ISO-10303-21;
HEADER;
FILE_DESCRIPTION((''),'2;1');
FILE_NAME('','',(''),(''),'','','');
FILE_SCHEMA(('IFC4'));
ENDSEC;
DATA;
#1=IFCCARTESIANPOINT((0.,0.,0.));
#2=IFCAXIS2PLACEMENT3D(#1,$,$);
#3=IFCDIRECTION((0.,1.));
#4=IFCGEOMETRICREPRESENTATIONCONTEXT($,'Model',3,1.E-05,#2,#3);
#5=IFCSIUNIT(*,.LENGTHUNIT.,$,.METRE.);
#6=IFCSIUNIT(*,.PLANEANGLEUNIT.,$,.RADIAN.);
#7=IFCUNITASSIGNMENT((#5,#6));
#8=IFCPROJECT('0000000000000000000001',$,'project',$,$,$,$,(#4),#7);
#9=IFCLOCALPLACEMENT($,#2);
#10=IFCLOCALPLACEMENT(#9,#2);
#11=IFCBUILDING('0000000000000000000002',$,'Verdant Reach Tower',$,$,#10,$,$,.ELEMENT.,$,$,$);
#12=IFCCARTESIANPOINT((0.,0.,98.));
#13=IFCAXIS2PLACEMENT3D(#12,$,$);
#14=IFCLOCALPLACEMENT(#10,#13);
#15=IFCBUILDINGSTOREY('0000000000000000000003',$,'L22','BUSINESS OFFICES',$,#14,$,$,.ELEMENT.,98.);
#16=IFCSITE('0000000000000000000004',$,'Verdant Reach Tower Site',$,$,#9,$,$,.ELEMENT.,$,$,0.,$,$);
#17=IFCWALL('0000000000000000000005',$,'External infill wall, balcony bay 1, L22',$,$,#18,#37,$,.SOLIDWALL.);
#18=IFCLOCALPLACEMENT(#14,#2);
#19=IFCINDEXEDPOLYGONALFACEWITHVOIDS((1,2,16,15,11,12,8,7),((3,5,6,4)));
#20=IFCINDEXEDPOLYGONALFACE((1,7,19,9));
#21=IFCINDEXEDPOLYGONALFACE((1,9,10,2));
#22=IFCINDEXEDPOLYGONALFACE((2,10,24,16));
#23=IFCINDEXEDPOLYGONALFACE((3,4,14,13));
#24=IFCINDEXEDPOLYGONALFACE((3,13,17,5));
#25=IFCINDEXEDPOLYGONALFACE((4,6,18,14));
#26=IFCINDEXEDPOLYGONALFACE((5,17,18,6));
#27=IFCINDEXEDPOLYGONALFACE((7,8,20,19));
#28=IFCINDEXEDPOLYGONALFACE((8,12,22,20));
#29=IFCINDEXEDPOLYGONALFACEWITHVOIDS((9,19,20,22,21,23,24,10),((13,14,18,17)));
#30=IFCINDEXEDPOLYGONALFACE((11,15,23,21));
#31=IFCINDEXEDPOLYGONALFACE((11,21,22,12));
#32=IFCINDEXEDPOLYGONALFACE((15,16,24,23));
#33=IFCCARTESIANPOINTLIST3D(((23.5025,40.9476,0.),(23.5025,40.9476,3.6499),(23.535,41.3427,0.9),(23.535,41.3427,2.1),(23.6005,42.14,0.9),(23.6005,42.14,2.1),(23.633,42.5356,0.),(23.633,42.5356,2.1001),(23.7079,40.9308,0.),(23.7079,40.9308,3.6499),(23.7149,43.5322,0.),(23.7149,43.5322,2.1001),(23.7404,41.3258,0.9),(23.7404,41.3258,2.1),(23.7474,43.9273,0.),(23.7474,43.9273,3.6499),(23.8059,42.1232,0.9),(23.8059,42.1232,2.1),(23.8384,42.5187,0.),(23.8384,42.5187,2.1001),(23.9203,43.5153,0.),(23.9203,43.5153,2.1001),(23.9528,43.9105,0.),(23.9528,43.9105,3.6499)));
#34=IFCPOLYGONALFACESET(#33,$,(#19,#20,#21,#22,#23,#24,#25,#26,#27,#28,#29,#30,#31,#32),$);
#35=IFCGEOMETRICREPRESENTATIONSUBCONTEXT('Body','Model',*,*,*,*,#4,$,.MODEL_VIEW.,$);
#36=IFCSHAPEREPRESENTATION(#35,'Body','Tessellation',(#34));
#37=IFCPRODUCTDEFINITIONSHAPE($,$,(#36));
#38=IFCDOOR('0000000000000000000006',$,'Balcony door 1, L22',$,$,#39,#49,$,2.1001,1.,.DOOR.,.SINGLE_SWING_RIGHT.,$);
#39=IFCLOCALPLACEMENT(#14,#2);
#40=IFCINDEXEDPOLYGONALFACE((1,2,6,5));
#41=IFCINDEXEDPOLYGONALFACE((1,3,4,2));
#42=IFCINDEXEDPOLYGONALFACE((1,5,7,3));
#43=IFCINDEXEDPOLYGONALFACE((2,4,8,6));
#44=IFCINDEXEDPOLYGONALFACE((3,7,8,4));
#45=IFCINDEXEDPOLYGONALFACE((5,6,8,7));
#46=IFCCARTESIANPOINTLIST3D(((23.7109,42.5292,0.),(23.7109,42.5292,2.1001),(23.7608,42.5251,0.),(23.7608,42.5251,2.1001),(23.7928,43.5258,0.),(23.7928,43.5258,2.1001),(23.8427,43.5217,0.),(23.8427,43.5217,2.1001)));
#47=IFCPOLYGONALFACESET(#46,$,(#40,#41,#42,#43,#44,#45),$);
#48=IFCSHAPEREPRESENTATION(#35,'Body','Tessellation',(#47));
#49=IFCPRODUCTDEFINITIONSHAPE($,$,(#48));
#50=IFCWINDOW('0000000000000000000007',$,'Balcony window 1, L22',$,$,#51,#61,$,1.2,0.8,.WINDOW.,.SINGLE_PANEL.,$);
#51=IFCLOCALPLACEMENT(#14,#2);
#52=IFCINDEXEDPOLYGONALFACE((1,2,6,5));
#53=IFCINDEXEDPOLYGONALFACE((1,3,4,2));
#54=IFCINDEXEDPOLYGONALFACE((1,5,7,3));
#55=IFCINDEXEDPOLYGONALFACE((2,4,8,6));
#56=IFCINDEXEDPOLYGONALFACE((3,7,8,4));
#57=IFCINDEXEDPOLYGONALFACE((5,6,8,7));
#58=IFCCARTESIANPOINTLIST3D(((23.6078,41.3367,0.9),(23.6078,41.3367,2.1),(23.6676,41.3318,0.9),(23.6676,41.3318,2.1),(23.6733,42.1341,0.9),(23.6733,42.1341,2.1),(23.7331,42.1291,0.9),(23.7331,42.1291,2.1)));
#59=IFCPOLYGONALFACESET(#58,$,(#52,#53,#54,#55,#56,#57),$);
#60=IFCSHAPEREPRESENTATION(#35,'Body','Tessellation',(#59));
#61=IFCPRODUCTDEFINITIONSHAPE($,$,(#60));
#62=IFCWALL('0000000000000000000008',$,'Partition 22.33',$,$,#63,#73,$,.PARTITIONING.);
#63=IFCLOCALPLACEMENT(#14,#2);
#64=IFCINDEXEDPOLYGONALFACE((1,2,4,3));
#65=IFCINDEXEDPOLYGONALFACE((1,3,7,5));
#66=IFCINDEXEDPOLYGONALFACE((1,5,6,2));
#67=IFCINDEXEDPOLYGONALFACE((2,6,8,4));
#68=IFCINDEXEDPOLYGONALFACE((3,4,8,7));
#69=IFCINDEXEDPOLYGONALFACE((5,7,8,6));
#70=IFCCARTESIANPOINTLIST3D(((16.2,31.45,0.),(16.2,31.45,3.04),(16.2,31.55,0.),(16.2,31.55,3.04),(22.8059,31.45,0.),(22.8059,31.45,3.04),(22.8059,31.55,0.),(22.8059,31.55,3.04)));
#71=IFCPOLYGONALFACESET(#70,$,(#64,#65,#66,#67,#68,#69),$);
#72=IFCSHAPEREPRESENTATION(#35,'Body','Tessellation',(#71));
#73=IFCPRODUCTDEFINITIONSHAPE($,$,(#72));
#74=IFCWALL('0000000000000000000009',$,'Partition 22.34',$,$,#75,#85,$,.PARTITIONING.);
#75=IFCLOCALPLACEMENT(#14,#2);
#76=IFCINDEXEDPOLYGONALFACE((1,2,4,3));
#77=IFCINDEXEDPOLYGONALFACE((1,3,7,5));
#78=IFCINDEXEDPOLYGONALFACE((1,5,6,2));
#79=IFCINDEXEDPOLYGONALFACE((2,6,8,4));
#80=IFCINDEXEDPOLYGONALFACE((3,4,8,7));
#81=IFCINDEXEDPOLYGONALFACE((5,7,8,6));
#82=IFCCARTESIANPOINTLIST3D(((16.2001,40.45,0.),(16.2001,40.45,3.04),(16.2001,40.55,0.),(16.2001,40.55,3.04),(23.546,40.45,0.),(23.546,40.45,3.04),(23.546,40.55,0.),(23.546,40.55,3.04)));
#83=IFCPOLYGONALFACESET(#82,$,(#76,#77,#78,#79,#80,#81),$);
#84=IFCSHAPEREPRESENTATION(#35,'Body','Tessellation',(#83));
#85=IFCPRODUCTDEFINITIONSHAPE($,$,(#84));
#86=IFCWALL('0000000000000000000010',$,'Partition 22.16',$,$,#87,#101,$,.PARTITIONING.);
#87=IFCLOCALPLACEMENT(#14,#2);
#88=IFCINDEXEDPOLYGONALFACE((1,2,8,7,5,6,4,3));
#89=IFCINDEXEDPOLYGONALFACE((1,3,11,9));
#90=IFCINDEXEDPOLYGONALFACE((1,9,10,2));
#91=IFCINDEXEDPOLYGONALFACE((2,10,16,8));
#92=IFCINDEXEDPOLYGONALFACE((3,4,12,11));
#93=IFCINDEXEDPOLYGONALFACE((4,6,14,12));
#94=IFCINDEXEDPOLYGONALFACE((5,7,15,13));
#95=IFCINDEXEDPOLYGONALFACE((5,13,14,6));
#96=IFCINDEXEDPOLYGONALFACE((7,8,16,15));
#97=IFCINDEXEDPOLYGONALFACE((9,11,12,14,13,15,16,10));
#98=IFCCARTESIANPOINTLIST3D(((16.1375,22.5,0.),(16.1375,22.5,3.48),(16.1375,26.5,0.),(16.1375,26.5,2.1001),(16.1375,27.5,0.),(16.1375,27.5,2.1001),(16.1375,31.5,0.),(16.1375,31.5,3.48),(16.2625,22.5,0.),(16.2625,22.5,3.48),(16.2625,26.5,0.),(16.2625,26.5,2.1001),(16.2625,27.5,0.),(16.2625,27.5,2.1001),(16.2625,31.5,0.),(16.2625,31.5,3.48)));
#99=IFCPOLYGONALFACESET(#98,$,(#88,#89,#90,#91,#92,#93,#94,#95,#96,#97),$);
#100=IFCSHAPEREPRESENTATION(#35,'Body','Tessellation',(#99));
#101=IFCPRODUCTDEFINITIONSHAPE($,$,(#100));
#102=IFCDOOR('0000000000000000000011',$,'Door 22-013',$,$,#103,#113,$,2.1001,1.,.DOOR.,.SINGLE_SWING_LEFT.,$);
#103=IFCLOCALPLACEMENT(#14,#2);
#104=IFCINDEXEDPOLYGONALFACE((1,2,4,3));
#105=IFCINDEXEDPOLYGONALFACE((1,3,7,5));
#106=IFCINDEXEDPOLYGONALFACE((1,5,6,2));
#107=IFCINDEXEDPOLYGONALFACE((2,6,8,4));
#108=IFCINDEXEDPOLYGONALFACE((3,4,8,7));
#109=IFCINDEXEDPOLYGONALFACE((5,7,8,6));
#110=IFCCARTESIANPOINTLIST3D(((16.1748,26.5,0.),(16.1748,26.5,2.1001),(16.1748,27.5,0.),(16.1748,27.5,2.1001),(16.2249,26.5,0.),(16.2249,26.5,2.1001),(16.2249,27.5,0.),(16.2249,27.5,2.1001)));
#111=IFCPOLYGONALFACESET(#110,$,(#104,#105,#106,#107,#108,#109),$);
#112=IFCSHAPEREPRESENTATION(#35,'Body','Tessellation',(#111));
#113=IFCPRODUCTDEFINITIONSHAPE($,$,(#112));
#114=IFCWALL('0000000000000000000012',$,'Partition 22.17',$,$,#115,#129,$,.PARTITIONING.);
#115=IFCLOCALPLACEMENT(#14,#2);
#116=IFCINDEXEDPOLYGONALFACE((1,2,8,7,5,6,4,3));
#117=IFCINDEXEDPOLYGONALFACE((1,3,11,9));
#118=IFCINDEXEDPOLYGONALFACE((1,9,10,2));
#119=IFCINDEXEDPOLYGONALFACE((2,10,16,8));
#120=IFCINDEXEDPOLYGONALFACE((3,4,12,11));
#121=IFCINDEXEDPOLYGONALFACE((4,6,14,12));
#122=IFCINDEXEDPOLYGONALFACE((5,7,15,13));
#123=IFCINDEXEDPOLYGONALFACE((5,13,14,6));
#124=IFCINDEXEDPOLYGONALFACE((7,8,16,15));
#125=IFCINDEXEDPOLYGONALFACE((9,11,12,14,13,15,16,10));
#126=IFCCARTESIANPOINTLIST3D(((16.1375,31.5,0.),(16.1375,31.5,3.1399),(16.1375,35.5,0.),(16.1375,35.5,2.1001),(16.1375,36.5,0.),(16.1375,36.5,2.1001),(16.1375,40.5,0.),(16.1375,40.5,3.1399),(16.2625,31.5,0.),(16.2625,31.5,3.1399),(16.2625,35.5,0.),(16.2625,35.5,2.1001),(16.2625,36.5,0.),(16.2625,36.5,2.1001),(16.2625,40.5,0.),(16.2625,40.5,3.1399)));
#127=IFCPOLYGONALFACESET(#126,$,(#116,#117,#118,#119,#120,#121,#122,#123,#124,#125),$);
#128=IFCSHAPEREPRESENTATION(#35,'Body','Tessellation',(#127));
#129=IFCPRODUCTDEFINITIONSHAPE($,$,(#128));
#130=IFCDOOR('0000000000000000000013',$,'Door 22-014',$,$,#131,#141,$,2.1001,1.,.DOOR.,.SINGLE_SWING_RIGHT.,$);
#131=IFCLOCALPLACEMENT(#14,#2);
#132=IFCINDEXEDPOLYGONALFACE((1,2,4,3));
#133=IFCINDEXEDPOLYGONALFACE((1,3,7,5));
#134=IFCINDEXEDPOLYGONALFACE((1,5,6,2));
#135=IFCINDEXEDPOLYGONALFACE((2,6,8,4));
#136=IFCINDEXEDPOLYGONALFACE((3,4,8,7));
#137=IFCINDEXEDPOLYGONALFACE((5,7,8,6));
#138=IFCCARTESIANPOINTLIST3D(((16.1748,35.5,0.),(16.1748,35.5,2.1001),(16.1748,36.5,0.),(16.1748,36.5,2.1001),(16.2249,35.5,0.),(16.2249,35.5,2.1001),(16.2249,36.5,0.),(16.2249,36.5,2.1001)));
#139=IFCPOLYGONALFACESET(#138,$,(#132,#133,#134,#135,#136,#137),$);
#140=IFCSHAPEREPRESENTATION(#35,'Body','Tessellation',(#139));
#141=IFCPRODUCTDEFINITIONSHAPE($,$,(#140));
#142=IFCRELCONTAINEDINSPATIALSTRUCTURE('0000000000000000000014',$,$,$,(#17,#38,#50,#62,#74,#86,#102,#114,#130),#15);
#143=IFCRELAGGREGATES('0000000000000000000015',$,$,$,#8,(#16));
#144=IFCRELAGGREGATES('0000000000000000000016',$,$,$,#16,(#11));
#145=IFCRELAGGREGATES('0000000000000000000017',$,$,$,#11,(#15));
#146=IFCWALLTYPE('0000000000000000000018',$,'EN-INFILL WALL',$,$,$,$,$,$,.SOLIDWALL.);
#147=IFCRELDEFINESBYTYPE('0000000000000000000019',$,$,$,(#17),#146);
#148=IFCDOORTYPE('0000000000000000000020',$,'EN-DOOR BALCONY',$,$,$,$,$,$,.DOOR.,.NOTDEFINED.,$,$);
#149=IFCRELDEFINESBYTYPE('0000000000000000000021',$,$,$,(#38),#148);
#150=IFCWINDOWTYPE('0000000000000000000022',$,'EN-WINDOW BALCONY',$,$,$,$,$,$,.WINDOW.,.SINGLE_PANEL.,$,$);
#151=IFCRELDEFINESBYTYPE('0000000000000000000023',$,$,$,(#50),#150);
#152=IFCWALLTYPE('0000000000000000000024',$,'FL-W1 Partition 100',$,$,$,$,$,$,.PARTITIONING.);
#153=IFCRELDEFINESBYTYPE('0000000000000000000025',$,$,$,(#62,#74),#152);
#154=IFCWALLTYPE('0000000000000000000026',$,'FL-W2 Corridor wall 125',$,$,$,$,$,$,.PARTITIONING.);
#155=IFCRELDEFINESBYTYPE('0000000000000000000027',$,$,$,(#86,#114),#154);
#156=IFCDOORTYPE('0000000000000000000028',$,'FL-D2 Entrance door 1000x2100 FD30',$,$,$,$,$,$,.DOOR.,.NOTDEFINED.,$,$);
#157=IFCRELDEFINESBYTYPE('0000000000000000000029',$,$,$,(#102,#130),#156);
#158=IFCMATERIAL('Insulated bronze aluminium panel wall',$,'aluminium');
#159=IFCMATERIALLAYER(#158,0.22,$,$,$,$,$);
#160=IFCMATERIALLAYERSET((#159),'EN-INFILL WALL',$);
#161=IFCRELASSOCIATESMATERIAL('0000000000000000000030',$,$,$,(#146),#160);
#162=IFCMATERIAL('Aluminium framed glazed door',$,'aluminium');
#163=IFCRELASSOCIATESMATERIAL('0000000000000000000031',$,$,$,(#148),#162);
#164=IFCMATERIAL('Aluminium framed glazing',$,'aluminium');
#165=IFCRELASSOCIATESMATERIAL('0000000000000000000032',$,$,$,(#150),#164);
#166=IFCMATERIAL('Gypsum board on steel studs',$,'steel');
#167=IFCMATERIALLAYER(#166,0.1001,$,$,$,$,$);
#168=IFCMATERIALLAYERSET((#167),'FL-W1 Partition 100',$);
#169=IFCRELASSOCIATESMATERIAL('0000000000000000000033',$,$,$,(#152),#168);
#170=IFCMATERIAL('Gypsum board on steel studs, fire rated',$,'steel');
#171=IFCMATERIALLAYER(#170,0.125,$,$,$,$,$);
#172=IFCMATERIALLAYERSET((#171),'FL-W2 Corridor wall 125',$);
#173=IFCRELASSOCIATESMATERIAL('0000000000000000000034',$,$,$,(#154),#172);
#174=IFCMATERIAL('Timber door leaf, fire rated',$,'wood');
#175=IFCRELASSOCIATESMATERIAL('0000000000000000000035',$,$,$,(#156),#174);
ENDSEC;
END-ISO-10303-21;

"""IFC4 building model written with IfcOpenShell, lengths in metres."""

from ifc_helpers import new_model, si_unit, direction, frame, frame_2d, origin, place, context, subcontext, project, spatial, rectangle, extrude, material, layer, layer_set, type_object, element, fill, save


model = new_model("IFC4")

# Units and contexts
model_context = context("Model", 3, precision=1e-05, world=origin(), true_north=direction((0.0, 1.0)))
body_context = subcontext(model_context, "Body", "Model", "MODEL_VIEW")
ifc_project = project(units=[si_unit("LENGTHUNIT", "METRE"), si_unit("PLANEANGLEUNIT", "RADIAN")], contexts=[model_context])

# Site, building, storey
site_placement = place(None, origin())
site = spatial("IfcSite", under=ifc_project, at=site_placement, Name="Verdant Reach Tower Site", CompositionType="ELEMENT", RefElevation=0.0)
building_placement = place(site_placement, origin())
building = spatial("IfcBuilding", under=site, at=building_placement, Name="Verdant Reach Tower", CompositionType="ELEMENT")
storey_placement = place(building_placement, frame((0.0, 0.0, 98.0)))
storey = spatial("IfcBuildingStorey", under=building, at=storey_placement, Name="L22", Description="BUSINESS OFFICES", CompositionType="ELEMENT", Elevation=98.0)

# Wall, openings, door, window
ifc_material_1 = material(Name="Insulated bronze aluminium panel wall", Category="aluminium")
ifc_layer_1 = layer(ifc_material_1, 0.22)
ifc_layer_set_1 = layer_set([ifc_layer_1], Name="EN-INFILL WALL")
wall_type_1 = type_object("IfcWallType", Name="EN-INFILL WALL", PredefinedType="SOLIDWALL", material=ifc_layer_set_1)
wall_1_placement = place(storey_placement, frame((23.6052, 40.9392, 0.0), z_axis=(0.0, 0.0, 1.0), x_axis=(0.081903, 0.99664, 0.0)))
wall_1 = element("IfcWall", 1, at=wall_1_placement, inside=storey, type_object=wall_type_1, Name="External infill wall, balcony bay 1, L22", PredefinedType="SOLIDWALL", context=body_context, shape_type="SweptSolid", body=[
    extrude(rectangle(XDim=2.9897, YDim=0.2061, at=frame_2d((1.4949, 0.0))), origin(), (0.0, 0.0, 1.0), 3.6499),
])
opening_1_placement = place(wall_1_placement, frame((1.5933, 0.0, 0.0)))
opening_1 = element("IfcOpeningElement", 2, at=opening_1_placement, cuts=wall_1, PredefinedType="OPENING", context=body_context, shape_type="SweptSolid", body=[
    extrude(rectangle(XDim=1.0, YDim=2.1001, at=frame_2d((0.5, 1.05))), frame((0.0, 0.113, 0.0), z_axis=(0.0, -1.0, 0.0), x_axis=(1.0, 0.0, 0.0)), (0.0, 0.0, 1.0), 0.2261),
])
opening_2_placement = place(wall_1_placement, frame((0.3965, 0.0, 0.8999)))
opening_2 = element("IfcOpeningElement", 3, at=opening_2_placement, cuts=wall_1, PredefinedType="OPENING", context=body_context, shape_type="SweptSolid", body=[
    extrude(rectangle(XDim=0.8, YDim=1.2, at=frame_2d((0.3999, 0.6001))), frame((0.0, 0.113, 0.0), z_axis=(0.0, -1.0, 0.0), x_axis=(1.0, 0.0, 0.0)), (0.0, 0.0, 1.0), 0.2261),
])
ifc_material_2 = material(Name="Aluminium framed glazed door", Category="aluminium")
door_type_1 = type_object("IfcDoorType", Name="EN-DOOR BALCONY", OperationType="NOTDEFINED", PredefinedType="DOOR", material=ifc_material_2)
door_1_placement = place(opening_1_placement, origin())
door_1 = element("IfcDoor", 4, at=door_1_placement, inside=storey, type_object=door_type_1, Name="Balcony door 1, L22", OperationType="SINGLE_SWING_RIGHT", OverallHeight=2.1001, OverallWidth=1.0, PredefinedType="DOOR", context=body_context, shape_type="SweptSolid", body=[
    extrude(rectangle(XDim=1.0, YDim=2.1001, at=frame_2d((0.5, 1.05))), frame((0.0, 0.0249, 0.0), z_axis=(0.0, -1.0, 0.0), x_axis=(1.0, 0.0, 0.0)), (0.0, 0.0, 1.0), 0.05),
])
fill(opening_1, door_1)
ifc_material_3 = material(Name="Aluminium framed glazing", Category="aluminium")
window_type = type_object("IfcWindowType", Name="EN-WINDOW BALCONY", PartitioningType="SINGLE_PANEL", PredefinedType="WINDOW", material=ifc_material_3)
window_placement = place(opening_2_placement, origin())
window = element("IfcWindow", 5, at=window_placement, inside=storey, type_object=window_type, Name="Balcony window 1, L22", OverallHeight=1.2, OverallWidth=0.8, PartitioningType="SINGLE_PANEL", PredefinedType="WINDOW", context=body_context, shape_type="SweptSolid", body=[
    extrude(rectangle(XDim=0.8, YDim=1.2, at=frame_2d((0.3999, 0.6001))), frame((0.0, 0.03, 0.0), z_axis=(0.0, -1.0, 0.0), x_axis=(1.0, 0.0, 0.0)), (0.0, 0.0, 1.0), 0.0601),
])
fill(opening_2, window)

# Walls
ifc_material_4 = material(Name="Gypsum board on steel studs", Category="steel")
ifc_layer_2 = layer(ifc_material_4, 0.1001)
ifc_layer_set_2 = layer_set([ifc_layer_2], Name="FL-W1 Partition 100")
wall_type_2 = type_object("IfcWallType", Name="FL-W1 Partition 100", PredefinedType="PARTITIONING", material=ifc_layer_set_2)
wall_2_placement = place(storey_placement, frame((22.8059, 31.5, 0.0), z_axis=(0.0, 0.0, 1.0), x_axis=(-1.0, 0.0, 0.0)))
element("IfcWall", 6, at=wall_2_placement, inside=storey, type_object=wall_type_2, Name="Partition 22.33", PredefinedType="PARTITIONING", context=body_context, shape_type="SweptSolid", body=[
    extrude(rectangle(XDim=6.606, YDim=0.1001, at=frame_2d((3.303, 0.0))), origin(), (0.0, 0.0, 1.0), 3.04),
])
wall_3_placement = place(storey_placement, frame((23.5459, 40.5, 0.0), z_axis=(0.0, 0.0, 1.0), x_axis=(-1.0, 0.0, 0.0)))
element("IfcWall", 7, at=wall_3_placement, inside=storey, type_object=wall_type_2, Name="Partition 22.34", PredefinedType="PARTITIONING", context=body_context, shape_type="SweptSolid", body=[
    extrude(rectangle(XDim=7.3459, YDim=0.1001, at=frame_2d((3.6729, 0.0))), origin(), (0.0, 0.0, 1.0), 3.04),
])

# Walls, openings, doors
ifc_material_5 = material(Name="Gypsum board on steel studs, fire rated", Category="steel")
ifc_layer_3 = layer(ifc_material_5, 0.125)
ifc_layer_set_3 = layer_set([ifc_layer_3], Name="FL-W2 Corridor wall 125")
wall_type_3 = type_object("IfcWallType", Name="FL-W2 Corridor wall 125", PredefinedType="PARTITIONING", material=ifc_layer_set_3)
wall_4_placement = place(storey_placement, frame((16.2, 31.5, 0.0), z_axis=(0.0, 0.0, 1.0), x_axis=(0.0, -1.0, 0.0)))
wall_4 = element("IfcWall", 8, at=wall_4_placement, inside=storey, type_object=wall_type_3, Name="Partition 22.16", PredefinedType="PARTITIONING", context=body_context, shape_type="SweptSolid", body=[
    extrude(rectangle(XDim=9.0, YDim=0.125, at=frame_2d((4.5, 0.0))), origin(), (0.0, 0.0, 1.0), 3.48),
])
opening_3_placement = place(wall_4_placement, frame((4.0, 0.0, 0.0)))
opening_3 = element("IfcOpeningElement", 9, at=opening_3_placement, cuts=wall_4, PredefinedType="OPENING", context=body_context, shape_type="SweptSolid", body=[
    extrude(rectangle(XDim=1.0, YDim=2.1001, at=frame_2d((0.5, 1.05))), frame((0.0, 0.0725, 0.0), z_axis=(0.0, -1.0, 0.0), x_axis=(1.0, 0.0, 0.0)), (0.0, 0.0, 1.0), 0.145),
])
ifc_material_6 = material(Name="Timber door leaf, fire rated", Category="wood")
door_type_2 = type_object("IfcDoorType", Name="FL-D2 Entrance door 1000x2100 FD30", OperationType="NOTDEFINED", PredefinedType="DOOR", material=ifc_material_6)
door_2_placement = place(opening_3_placement, origin())
door_2 = element("IfcDoor", 10, at=door_2_placement, inside=storey, type_object=door_type_2, Name="Door 22-013", OperationType="SINGLE_SWING_LEFT", OverallHeight=2.1001, OverallWidth=1.0, PredefinedType="DOOR", context=body_context, shape_type="SweptSolid", body=[
    extrude(rectangle(XDim=1.0, YDim=2.1001, at=frame_2d((0.5, 1.05))), frame((0.0, 0.0249, 0.0), z_axis=(0.0, -1.0, 0.0), x_axis=(1.0, 0.0, 0.0)), (0.0, 0.0, 1.0), 0.05),
])
fill(opening_3, door_2)
wall_5_placement = place(storey_placement, frame((16.2, 40.5, 0.0), z_axis=(0.0, 0.0, 1.0), x_axis=(0.0, -1.0, 0.0)))
wall_5 = element("IfcWall", 11, at=wall_5_placement, inside=storey, type_object=wall_type_3, Name="Partition 22.17", PredefinedType="PARTITIONING", context=body_context, shape_type="SweptSolid", body=[
    extrude(rectangle(XDim=9.0, YDim=0.125, at=frame_2d((4.5, 0.0))), origin(), (0.0, 0.0, 1.0), 3.1399),
])
opening_4_placement = place(wall_5_placement, frame((4.0, 0.0, 0.0)))
opening_4 = element("IfcOpeningElement", 12, at=opening_4_placement, cuts=wall_5, PredefinedType="OPENING", context=body_context, shape_type="SweptSolid", body=[
    extrude(rectangle(XDim=1.0, YDim=2.1001, at=frame_2d((0.5, 1.05))), frame((0.0, 0.0725, 0.0), z_axis=(0.0, -1.0, 0.0), x_axis=(1.0, 0.0, 0.0)), (0.0, 0.0, 1.0), 0.145),
])
door_3_placement = place(opening_4_placement, origin())
door_3 = element("IfcDoor", 13, at=door_3_placement, inside=storey, type_object=door_type_2, Name="Door 22-014", OperationType="SINGLE_SWING_RIGHT", OverallHeight=2.1001, OverallWidth=1.0, PredefinedType="DOOR", context=body_context, shape_type="SweptSolid", body=[
    extrude(rectangle(XDim=1.0, YDim=2.1001, at=frame_2d((0.5, 1.05))), frame((0.0, 0.0249, 0.0), z_axis=(0.0, -1.0, 0.0), x_axis=(1.0, 0.0, 0.0)), (0.0, 0.0, 1.0), 0.05),
])
fill(opening_4, door_3)

save(model, "model.ifc")
